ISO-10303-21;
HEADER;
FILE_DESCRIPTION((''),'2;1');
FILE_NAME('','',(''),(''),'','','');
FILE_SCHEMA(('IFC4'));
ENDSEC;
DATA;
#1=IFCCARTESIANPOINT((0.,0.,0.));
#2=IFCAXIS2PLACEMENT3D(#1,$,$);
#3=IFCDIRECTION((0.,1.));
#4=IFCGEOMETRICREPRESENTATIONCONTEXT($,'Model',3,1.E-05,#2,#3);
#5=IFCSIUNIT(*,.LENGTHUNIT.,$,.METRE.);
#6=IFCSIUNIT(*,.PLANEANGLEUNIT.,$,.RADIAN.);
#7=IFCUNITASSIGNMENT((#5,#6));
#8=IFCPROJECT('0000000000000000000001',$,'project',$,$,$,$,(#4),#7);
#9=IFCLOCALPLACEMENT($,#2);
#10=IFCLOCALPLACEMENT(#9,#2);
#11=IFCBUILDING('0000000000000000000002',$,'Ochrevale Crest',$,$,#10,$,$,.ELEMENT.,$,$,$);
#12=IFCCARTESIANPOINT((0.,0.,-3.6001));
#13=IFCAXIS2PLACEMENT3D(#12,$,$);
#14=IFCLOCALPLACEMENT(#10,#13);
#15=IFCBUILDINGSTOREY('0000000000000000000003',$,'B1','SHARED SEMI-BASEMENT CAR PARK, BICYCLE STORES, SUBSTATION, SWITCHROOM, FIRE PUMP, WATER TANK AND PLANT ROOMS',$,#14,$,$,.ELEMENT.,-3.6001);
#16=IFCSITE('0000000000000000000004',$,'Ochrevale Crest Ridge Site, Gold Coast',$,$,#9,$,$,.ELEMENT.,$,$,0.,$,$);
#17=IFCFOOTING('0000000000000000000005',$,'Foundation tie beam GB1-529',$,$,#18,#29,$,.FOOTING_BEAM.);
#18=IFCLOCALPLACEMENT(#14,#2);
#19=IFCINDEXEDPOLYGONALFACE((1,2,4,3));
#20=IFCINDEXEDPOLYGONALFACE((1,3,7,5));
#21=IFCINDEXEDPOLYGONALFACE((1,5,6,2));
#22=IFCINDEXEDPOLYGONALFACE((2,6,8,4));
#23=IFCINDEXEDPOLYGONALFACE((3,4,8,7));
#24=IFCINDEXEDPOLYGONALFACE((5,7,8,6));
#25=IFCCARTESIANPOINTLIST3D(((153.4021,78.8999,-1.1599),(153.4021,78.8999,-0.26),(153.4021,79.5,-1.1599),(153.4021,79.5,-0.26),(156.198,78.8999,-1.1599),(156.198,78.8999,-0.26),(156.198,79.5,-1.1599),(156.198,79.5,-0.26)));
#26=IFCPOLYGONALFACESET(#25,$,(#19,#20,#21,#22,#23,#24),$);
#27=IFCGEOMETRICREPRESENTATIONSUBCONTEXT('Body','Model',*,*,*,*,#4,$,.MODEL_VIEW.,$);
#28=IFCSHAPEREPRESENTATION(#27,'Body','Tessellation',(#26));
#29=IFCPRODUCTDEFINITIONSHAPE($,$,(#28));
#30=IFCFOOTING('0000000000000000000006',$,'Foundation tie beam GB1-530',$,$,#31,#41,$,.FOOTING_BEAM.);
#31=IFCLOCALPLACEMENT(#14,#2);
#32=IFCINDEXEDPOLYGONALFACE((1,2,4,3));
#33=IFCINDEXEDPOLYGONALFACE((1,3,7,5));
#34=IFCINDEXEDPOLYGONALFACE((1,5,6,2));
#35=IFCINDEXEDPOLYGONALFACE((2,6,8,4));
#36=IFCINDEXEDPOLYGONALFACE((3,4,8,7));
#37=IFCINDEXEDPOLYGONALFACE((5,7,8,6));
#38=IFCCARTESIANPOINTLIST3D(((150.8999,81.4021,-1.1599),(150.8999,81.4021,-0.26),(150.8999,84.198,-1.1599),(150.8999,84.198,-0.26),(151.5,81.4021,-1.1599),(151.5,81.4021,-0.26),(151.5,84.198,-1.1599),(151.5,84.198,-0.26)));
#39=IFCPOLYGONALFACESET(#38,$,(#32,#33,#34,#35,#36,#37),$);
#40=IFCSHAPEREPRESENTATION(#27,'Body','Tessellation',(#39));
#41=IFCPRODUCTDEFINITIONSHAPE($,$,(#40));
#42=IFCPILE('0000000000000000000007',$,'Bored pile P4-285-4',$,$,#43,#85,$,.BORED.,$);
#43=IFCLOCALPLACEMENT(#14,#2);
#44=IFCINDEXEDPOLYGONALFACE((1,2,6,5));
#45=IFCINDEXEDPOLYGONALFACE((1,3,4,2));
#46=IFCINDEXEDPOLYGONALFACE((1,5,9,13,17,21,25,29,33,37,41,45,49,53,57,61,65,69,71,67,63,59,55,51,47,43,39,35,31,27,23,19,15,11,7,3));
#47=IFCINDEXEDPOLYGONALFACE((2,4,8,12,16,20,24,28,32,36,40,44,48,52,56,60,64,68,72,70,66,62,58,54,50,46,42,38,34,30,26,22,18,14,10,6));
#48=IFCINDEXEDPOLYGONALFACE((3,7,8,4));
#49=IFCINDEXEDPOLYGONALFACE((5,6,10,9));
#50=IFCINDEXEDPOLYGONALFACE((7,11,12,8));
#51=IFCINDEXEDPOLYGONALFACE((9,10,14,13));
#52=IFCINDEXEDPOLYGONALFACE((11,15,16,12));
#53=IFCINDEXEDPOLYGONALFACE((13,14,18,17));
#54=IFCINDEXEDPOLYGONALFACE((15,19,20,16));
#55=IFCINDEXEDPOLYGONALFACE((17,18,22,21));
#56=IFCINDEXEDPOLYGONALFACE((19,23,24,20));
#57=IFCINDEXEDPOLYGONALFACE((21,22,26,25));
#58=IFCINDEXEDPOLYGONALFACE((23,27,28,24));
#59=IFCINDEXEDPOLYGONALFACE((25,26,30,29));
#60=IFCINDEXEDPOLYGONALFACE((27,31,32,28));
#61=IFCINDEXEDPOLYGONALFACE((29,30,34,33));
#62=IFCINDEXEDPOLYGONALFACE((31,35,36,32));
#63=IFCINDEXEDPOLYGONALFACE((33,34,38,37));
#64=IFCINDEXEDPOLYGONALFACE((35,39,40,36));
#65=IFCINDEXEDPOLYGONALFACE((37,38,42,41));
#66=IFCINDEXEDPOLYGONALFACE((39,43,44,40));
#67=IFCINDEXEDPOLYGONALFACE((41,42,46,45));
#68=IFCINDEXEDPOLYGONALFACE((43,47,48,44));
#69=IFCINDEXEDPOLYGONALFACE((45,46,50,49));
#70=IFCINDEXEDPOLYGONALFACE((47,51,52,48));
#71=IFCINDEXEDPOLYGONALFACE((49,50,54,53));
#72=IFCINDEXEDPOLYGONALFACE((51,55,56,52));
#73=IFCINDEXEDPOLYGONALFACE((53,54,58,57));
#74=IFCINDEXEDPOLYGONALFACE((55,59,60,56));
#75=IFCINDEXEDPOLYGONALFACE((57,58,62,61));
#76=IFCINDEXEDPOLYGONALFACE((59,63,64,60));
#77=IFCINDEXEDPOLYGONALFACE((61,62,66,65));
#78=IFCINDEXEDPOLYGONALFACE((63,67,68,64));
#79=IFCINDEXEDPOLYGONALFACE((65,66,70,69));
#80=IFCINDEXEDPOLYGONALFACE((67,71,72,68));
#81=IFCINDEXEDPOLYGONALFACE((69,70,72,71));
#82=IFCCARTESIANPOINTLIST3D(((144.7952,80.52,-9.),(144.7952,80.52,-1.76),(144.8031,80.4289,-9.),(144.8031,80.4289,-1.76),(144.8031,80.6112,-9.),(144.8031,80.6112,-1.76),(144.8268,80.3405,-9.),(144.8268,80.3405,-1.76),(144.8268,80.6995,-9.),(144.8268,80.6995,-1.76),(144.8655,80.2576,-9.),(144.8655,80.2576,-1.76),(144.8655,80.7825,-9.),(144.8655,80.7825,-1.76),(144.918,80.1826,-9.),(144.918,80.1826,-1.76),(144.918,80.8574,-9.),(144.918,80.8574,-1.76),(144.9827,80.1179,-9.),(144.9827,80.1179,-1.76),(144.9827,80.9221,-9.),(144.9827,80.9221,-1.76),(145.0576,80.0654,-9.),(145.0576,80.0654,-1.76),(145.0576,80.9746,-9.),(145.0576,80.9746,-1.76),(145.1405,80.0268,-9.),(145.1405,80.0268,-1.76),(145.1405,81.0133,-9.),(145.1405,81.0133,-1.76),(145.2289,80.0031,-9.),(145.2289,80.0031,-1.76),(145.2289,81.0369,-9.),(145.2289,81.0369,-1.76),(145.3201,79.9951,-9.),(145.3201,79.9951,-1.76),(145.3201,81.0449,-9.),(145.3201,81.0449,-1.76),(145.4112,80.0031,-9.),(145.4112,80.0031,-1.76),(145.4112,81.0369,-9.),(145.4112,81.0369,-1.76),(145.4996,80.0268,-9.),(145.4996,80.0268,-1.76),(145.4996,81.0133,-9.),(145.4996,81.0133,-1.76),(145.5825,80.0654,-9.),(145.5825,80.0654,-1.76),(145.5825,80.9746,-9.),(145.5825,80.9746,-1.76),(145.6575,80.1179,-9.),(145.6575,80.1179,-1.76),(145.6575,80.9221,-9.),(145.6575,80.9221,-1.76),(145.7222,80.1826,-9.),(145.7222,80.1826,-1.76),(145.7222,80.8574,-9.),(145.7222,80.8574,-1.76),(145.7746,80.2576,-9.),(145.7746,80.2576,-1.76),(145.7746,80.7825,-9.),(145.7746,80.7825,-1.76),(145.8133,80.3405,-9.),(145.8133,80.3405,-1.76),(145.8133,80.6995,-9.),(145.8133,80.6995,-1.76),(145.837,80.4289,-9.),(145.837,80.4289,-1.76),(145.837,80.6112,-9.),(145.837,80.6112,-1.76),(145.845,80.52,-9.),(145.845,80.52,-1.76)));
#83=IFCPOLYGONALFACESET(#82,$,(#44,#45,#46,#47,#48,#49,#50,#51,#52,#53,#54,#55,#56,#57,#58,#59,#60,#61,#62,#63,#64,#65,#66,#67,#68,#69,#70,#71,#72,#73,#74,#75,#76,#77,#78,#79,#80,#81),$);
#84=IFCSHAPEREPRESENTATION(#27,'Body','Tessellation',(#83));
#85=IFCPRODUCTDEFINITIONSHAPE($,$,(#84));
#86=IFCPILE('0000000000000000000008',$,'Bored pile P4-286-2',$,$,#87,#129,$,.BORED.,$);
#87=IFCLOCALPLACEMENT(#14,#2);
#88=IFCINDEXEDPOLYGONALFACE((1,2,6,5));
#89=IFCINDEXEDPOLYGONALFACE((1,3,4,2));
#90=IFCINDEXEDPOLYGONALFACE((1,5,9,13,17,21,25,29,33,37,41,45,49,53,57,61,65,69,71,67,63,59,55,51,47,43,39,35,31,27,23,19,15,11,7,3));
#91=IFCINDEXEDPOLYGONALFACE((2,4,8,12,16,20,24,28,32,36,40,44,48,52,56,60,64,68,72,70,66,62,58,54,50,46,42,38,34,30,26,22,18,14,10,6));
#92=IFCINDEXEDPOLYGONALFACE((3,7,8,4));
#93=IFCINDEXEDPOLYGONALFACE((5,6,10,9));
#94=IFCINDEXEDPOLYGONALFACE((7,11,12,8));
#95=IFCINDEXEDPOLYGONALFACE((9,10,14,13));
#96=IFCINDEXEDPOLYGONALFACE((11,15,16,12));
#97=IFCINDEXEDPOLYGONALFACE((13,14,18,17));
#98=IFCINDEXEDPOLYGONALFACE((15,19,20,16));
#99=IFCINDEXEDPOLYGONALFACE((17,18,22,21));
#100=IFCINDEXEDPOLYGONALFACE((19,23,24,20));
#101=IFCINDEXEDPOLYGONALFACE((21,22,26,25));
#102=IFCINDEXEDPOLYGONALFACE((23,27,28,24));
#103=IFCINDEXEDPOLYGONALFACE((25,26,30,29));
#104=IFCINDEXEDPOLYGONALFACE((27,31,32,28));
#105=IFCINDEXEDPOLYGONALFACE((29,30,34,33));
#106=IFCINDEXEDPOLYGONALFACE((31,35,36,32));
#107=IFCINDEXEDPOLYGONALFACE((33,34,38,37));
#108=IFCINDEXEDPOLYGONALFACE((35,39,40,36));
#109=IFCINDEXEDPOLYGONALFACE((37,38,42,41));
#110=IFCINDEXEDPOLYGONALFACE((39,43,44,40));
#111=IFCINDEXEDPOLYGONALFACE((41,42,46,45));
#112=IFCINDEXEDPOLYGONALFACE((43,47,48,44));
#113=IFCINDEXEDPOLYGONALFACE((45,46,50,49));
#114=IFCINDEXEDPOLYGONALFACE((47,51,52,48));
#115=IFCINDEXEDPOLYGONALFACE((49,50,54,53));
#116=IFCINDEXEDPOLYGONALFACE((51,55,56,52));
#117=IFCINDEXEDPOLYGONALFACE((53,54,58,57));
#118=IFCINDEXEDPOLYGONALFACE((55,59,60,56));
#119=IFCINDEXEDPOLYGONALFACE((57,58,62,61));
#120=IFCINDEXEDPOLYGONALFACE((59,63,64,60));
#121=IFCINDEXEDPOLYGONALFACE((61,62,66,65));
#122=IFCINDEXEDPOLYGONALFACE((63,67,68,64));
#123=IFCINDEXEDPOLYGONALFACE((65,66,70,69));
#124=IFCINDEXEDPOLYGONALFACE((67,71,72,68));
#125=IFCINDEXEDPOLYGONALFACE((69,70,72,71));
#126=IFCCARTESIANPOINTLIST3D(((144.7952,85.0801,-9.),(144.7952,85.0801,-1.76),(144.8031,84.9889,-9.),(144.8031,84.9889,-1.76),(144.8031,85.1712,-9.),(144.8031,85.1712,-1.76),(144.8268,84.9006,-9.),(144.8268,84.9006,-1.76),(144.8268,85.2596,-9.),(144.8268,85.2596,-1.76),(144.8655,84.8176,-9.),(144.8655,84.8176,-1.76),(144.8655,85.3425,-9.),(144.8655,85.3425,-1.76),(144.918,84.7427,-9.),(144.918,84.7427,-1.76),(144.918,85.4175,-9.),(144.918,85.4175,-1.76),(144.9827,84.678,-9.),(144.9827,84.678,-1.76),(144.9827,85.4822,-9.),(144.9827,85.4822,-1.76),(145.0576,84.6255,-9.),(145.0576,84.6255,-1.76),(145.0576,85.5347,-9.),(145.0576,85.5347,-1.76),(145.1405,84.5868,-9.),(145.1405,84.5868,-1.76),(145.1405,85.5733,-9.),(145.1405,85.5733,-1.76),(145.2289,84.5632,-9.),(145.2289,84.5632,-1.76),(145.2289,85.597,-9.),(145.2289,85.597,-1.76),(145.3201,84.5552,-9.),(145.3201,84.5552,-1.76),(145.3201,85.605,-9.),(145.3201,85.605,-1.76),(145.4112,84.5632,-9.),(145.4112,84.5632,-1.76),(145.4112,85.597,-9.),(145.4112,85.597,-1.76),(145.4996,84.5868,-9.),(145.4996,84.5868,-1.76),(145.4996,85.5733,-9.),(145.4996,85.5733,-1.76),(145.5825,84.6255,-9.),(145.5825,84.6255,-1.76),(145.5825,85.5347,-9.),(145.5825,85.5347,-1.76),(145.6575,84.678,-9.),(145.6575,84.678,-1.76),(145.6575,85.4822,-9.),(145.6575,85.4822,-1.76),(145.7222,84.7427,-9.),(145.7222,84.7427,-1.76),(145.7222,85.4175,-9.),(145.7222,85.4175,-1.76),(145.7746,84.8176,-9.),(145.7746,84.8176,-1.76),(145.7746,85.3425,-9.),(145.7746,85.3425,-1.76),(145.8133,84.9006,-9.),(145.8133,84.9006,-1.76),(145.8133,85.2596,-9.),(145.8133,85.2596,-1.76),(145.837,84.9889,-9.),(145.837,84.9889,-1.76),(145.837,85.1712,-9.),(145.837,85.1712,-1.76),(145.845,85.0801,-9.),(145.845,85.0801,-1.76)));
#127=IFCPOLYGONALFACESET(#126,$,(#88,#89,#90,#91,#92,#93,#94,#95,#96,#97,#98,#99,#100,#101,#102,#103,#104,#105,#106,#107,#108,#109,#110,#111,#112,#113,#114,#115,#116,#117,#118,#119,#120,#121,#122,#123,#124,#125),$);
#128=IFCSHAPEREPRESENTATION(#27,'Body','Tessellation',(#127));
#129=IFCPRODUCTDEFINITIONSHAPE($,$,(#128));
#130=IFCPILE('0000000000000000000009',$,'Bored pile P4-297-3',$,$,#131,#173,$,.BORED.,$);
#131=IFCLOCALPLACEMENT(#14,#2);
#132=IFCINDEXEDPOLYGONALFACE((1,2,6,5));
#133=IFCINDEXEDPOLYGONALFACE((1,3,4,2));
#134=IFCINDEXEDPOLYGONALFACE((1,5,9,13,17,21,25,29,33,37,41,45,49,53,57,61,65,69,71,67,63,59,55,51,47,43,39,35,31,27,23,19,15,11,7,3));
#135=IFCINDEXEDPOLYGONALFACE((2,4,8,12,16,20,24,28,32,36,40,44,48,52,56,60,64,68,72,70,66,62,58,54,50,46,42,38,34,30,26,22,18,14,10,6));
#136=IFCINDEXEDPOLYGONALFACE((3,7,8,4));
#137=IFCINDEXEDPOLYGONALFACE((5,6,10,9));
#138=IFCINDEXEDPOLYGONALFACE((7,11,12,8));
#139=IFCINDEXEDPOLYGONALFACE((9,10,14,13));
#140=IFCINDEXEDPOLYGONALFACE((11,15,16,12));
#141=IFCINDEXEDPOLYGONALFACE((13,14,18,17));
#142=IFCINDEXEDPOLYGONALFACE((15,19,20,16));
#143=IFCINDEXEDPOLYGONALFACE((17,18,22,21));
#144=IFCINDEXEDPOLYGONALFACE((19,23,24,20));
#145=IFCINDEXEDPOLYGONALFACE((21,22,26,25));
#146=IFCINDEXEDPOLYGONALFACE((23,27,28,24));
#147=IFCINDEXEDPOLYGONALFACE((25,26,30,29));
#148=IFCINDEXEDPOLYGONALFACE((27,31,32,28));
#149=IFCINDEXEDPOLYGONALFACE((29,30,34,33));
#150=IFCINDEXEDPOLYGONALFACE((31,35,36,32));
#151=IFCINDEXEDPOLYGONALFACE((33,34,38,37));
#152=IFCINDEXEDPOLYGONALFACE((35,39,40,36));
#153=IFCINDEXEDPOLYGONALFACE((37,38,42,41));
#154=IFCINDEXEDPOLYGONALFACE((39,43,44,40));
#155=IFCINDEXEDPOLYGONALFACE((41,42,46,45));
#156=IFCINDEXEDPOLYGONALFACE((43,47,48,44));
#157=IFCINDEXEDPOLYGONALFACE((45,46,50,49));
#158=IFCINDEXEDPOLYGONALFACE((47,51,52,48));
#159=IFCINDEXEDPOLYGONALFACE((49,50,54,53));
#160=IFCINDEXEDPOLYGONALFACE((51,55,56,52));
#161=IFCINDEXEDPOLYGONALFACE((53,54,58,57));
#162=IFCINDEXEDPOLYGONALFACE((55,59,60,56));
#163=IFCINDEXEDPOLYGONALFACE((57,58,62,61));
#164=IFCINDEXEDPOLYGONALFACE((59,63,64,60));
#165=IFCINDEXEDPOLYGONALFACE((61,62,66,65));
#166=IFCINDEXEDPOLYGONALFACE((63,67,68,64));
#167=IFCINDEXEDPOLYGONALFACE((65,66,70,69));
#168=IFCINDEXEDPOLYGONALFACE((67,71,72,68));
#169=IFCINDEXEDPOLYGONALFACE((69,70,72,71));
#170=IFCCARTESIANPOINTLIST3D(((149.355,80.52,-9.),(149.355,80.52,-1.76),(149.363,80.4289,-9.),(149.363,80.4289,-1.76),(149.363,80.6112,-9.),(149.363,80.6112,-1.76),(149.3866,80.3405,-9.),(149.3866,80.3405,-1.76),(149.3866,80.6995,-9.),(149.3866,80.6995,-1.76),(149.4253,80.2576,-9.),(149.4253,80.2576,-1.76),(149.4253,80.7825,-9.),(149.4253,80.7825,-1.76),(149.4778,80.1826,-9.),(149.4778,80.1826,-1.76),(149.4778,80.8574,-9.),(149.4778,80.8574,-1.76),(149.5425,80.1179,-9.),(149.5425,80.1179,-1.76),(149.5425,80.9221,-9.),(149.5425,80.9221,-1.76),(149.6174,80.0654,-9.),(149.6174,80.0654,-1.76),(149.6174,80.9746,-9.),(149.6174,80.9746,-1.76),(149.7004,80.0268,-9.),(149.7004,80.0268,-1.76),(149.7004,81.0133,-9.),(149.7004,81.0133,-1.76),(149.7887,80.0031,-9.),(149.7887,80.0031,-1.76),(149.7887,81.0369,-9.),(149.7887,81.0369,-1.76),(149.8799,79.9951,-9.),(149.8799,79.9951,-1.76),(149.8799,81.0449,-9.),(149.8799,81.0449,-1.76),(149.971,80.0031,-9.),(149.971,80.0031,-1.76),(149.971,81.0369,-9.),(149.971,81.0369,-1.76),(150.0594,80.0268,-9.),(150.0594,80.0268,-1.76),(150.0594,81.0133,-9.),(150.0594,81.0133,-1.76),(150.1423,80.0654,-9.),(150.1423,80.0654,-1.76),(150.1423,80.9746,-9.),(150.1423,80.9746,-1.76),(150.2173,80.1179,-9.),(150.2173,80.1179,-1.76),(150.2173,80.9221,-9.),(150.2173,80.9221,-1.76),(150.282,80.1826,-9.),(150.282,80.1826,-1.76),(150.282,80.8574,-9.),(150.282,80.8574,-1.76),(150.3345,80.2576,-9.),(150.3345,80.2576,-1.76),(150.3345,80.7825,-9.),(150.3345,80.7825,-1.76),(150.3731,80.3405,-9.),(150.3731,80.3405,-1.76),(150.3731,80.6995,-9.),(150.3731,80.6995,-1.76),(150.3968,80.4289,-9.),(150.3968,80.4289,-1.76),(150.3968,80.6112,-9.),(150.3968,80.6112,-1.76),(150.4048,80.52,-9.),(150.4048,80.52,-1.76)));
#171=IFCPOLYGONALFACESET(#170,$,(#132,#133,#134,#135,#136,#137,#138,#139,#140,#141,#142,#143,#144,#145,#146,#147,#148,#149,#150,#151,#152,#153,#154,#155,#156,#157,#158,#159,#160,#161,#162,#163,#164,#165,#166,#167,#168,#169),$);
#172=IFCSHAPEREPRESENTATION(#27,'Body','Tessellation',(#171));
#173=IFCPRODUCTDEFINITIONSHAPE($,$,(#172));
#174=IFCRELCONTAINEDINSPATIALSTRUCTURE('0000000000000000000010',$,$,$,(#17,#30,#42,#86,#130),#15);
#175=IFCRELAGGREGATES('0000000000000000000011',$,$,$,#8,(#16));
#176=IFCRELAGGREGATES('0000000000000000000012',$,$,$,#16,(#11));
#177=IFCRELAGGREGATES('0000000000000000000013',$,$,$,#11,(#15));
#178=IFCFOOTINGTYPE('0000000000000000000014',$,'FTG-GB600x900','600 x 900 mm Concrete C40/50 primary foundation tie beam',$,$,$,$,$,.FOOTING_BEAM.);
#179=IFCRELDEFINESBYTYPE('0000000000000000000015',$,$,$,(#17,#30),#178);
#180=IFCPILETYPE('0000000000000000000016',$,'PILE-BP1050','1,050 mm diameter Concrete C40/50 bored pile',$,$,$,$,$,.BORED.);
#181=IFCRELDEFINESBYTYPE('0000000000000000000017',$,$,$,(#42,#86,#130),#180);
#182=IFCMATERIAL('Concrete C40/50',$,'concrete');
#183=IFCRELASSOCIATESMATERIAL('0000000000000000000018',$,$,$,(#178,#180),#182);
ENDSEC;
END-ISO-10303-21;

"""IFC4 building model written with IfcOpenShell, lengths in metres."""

from ifc_helpers import new_model, si_unit, direction, frame, origin, origin_2d, place, context, subcontext, project, spatial, rectangle, circle, extrude, material, material_profile, profile_set, type_object, element, save


model = new_model("IFC4")

# Units and contexts
model_context = context("Model", 3, precision=1e-05, world=origin(), true_north=direction((0.0, 1.0)))
body_context = subcontext(model_context, "Body", "Model", "MODEL_VIEW")
ifc_project = project(units=[si_unit("LENGTHUNIT", "METRE"), si_unit("PLANEANGLEUNIT", "RADIAN")], contexts=[model_context])

# Site, building, storey
site_placement = place(None, origin())
site = spatial("IfcSite", under=ifc_project, at=site_placement, Name="Ochrevale Crest Ridge Site, Gold Coast", CompositionType="ELEMENT", RefElevation=0.0)
building_placement = place(site_placement, origin())
building = spatial("IfcBuilding", under=site, at=building_placement, Name="Ochrevale Crest", CompositionType="ELEMENT")
storey_placement = place(building_placement, frame((0.0, 0.0, -3.6001)))
storey = spatial("IfcBuildingStorey", under=building, at=storey_placement, Name="B1", Description="SHARED SEMI-BASEMENT CAR PARK, BICYCLE STORES, SUBSTATION, SWITCHROOM, FIRE PUMP, WATER TANK AND PLANT ROOMS", CompositionType="ELEMENT", Elevation=-3.6001)

# Footings
ifc_material_1 = material(Name="Concrete C40/50", Category="concrete")
ifc_material_profile_1 = material_profile(ifc_material_1, rectangle(XDim=0.6001, YDim=0.8999, at=origin_2d()), Name="GB 600x900")
ifc_profile_set_1 = profile_set([ifc_material_profile_1], Name="Concrete C40/50")
footing_type = type_object("IfcFootingType", Name="FTG-GB600x900", Description="600 x 900 mm Concrete C40/50 primary foundation tie beam", PredefinedType="FOOTING_BEAM", material=ifc_profile_set_1)
for number, where, z_axis, x_axis, name in (
    (1, (153.4021, 79.2, -0.71), (1.0, 0.0, 0.0), (0.0, 1.0, 0.0), "Foundation tie beam GB1-529"),
    (2, (151.2, 81.4021, -0.71), (0.0, 1.0, 0.0), (-1.0, 0.0, 0.0), "Foundation tie beam GB1-530"),
):
    element("IfcFooting", number, at=place(storey_placement, frame(where, z_axis=z_axis, x_axis=x_axis)), inside=storey, type_object=footing_type, Name=name, PredefinedType="FOOTING_BEAM", context=body_context, shape_type="SweptSolid", body=[
        extrude(rectangle(XDim=0.6001, YDim=0.8999, at=origin_2d()), origin(), (0.0, 0.0, 1.0), 2.7959),
    ])

# Piles
ifc_material_profile_2 = material_profile(ifc_material_1, circle(Radius=0.5249, at=origin_2d()), Name="BORED PILE 1050")
ifc_profile_set_2 = profile_set([ifc_material_profile_2], Name="Concrete C40/50")
pile_type = type_object("IfcPileType", Name="PILE-BP1050", Description="1,050 mm diameter Concrete C40/50 bored pile", PredefinedType="BORED", material=ifc_profile_set_2)
for number, where, z_axis, x_axis, name in (
    (3, (145.3201, 80.52, -1.76), (0.0, 0.0, -1.0), (1.0, 0.0, 0.0), "Bored pile P4-285-4"),
    (4, (145.3201, 85.0801, -1.76), (0.0, 0.0, -1.0), (1.0, 0.0, 0.0), "Bored pile P4-286-2"),
    (5, (149.8799, 80.52, -1.76), (0.0, 0.0, -1.0), (1.0, 0.0, 0.0), "Bored pile P4-297-3"),
):
    element("IfcPile", number, at=place(storey_placement, frame(where, z_axis=z_axis, x_axis=x_axis)), inside=storey, type_object=pile_type, Name=name, PredefinedType="BORED", context=body_context, shape_type="SweptSolid", body=[
        extrude(circle(Radius=0.5249, at=origin_2d()), origin(), (0.0, 0.0, 1.0), 7.24),
    ])

save(model, "model.ifc")
